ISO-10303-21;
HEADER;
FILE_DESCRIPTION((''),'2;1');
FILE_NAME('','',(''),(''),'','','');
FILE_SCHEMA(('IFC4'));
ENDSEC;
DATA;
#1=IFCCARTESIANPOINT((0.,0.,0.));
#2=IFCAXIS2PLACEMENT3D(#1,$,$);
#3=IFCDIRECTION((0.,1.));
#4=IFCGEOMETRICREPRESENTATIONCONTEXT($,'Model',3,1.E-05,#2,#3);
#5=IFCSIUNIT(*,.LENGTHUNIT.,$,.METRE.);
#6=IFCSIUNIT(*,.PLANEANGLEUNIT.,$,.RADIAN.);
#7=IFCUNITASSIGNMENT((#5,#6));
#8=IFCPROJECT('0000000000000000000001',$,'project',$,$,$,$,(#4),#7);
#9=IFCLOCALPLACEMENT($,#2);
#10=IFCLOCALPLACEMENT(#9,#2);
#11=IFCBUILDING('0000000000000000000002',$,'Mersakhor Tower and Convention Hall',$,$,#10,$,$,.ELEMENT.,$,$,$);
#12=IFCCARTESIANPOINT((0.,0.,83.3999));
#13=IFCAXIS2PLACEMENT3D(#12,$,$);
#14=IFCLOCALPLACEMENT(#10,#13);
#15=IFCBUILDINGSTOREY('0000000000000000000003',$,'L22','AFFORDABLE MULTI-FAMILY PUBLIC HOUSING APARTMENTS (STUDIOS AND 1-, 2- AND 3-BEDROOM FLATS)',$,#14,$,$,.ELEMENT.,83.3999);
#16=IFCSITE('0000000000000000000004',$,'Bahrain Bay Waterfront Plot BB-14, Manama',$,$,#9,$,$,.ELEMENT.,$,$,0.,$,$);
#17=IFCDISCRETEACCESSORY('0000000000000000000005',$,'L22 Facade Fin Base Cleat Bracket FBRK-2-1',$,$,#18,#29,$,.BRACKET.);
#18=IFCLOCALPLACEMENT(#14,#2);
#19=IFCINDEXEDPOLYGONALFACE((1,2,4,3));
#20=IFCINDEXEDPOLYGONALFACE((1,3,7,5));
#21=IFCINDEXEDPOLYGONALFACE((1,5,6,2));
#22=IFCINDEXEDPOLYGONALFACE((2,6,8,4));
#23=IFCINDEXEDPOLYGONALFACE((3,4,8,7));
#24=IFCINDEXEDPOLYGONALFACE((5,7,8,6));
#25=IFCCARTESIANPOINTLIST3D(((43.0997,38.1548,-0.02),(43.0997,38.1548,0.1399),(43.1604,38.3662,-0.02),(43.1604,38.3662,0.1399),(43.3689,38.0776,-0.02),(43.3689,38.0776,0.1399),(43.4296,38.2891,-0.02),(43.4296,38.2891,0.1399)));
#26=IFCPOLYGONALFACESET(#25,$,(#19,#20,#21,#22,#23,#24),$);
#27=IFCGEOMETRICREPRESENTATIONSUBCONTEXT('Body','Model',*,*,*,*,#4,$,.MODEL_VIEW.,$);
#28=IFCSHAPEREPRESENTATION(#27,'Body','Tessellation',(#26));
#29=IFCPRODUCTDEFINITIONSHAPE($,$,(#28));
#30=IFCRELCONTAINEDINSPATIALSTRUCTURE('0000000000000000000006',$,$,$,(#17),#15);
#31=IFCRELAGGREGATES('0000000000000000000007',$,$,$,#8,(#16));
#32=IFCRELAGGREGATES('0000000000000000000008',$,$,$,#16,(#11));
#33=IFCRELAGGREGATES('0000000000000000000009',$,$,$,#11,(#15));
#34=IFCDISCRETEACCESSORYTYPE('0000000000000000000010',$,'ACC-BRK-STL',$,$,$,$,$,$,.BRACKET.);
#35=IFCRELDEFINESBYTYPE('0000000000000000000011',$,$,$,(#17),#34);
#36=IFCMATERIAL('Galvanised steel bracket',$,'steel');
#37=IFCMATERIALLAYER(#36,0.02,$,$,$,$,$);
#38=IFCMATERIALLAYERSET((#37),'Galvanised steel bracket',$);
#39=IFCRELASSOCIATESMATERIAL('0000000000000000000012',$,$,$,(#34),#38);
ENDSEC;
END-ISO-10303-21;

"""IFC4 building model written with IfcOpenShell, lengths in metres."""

from ifc_helpers import new_model, si_unit, direction, frame, origin, origin_2d, place, context, subcontext, project, spatial, rectangle, extrude, material, layer, layer_set, type_object, element, save


model = new_model("IFC4")

# Units and contexts
model_context = context("Model", 3, precision=1e-05, world=origin(), true_north=direction((0.0, 1.0)))
body_context = subcontext(model_context, "Body", "Model", "MODEL_VIEW")
ifc_project = project(units=[si_unit("LENGTHUNIT", "METRE"), si_unit("PLANEANGLEUNIT", "RADIAN")], contexts=[model_context])

# Site, building, storey
site_placement = place(None, origin())
site = spatial("IfcSite", under=ifc_project, at=site_placement, Name="Bahrain Bay Waterfront Plot BB-14, Manama", CompositionType="ELEMENT", RefElevation=0.0)
building_placement = place(site_placement, origin())
building = spatial("IfcBuilding", under=site, at=building_placement, Name="Mersakhor Tower and Convention Hall", CompositionType="ELEMENT")
storey_placement = place(building_placement, frame((0.0, 0.0, 83.3999)))
storey = spatial("IfcBuildingStorey", under=building, at=storey_placement, Name="L22", Description="AFFORDABLE MULTI-FAMILY PUBLIC HOUSING APARTMENTS (STUDIOS AND 1-, 2- AND 3-BEDROOM FLATS)", CompositionType="ELEMENT", Elevation=83.3999)

# Discrete accessory
ifc_material_1 = material(Name="Galvanised steel bracket", Category="steel")
ifc_layer_1 = layer(ifc_material_1, 0.02)
ifc_layer_set_1 = layer_set([ifc_layer_1], Name="Galvanised steel bracket")
discrete_accessory_type = type_object("IfcDiscreteAccessoryType", Name="ACC-BRK-STL", PredefinedType="BRACKET", material=ifc_layer_set_1)
discrete_accessory_placement = place(storey_placement, frame((43.2646, 38.2219, -0.02), z_axis=(0.0, 0.0, 1.0), x_axis=(0.961262, -0.275637, 0.0)))
element("IfcDiscreteAccessory", 1, at=discrete_accessory_placement, inside=storey, type_object=discrete_accessory_type, Name="L22 Facade Fin Base Cleat Bracket FBRK-2-1", PredefinedType="BRACKET", context=body_context, shape_type="SweptSolid", body=[
    extrude(rectangle(XDim=0.28, YDim=0.22, at=origin_2d()), origin(), (0.0, 0.0, 1.0), 0.1599),
])

save(model, "model.ifc")
